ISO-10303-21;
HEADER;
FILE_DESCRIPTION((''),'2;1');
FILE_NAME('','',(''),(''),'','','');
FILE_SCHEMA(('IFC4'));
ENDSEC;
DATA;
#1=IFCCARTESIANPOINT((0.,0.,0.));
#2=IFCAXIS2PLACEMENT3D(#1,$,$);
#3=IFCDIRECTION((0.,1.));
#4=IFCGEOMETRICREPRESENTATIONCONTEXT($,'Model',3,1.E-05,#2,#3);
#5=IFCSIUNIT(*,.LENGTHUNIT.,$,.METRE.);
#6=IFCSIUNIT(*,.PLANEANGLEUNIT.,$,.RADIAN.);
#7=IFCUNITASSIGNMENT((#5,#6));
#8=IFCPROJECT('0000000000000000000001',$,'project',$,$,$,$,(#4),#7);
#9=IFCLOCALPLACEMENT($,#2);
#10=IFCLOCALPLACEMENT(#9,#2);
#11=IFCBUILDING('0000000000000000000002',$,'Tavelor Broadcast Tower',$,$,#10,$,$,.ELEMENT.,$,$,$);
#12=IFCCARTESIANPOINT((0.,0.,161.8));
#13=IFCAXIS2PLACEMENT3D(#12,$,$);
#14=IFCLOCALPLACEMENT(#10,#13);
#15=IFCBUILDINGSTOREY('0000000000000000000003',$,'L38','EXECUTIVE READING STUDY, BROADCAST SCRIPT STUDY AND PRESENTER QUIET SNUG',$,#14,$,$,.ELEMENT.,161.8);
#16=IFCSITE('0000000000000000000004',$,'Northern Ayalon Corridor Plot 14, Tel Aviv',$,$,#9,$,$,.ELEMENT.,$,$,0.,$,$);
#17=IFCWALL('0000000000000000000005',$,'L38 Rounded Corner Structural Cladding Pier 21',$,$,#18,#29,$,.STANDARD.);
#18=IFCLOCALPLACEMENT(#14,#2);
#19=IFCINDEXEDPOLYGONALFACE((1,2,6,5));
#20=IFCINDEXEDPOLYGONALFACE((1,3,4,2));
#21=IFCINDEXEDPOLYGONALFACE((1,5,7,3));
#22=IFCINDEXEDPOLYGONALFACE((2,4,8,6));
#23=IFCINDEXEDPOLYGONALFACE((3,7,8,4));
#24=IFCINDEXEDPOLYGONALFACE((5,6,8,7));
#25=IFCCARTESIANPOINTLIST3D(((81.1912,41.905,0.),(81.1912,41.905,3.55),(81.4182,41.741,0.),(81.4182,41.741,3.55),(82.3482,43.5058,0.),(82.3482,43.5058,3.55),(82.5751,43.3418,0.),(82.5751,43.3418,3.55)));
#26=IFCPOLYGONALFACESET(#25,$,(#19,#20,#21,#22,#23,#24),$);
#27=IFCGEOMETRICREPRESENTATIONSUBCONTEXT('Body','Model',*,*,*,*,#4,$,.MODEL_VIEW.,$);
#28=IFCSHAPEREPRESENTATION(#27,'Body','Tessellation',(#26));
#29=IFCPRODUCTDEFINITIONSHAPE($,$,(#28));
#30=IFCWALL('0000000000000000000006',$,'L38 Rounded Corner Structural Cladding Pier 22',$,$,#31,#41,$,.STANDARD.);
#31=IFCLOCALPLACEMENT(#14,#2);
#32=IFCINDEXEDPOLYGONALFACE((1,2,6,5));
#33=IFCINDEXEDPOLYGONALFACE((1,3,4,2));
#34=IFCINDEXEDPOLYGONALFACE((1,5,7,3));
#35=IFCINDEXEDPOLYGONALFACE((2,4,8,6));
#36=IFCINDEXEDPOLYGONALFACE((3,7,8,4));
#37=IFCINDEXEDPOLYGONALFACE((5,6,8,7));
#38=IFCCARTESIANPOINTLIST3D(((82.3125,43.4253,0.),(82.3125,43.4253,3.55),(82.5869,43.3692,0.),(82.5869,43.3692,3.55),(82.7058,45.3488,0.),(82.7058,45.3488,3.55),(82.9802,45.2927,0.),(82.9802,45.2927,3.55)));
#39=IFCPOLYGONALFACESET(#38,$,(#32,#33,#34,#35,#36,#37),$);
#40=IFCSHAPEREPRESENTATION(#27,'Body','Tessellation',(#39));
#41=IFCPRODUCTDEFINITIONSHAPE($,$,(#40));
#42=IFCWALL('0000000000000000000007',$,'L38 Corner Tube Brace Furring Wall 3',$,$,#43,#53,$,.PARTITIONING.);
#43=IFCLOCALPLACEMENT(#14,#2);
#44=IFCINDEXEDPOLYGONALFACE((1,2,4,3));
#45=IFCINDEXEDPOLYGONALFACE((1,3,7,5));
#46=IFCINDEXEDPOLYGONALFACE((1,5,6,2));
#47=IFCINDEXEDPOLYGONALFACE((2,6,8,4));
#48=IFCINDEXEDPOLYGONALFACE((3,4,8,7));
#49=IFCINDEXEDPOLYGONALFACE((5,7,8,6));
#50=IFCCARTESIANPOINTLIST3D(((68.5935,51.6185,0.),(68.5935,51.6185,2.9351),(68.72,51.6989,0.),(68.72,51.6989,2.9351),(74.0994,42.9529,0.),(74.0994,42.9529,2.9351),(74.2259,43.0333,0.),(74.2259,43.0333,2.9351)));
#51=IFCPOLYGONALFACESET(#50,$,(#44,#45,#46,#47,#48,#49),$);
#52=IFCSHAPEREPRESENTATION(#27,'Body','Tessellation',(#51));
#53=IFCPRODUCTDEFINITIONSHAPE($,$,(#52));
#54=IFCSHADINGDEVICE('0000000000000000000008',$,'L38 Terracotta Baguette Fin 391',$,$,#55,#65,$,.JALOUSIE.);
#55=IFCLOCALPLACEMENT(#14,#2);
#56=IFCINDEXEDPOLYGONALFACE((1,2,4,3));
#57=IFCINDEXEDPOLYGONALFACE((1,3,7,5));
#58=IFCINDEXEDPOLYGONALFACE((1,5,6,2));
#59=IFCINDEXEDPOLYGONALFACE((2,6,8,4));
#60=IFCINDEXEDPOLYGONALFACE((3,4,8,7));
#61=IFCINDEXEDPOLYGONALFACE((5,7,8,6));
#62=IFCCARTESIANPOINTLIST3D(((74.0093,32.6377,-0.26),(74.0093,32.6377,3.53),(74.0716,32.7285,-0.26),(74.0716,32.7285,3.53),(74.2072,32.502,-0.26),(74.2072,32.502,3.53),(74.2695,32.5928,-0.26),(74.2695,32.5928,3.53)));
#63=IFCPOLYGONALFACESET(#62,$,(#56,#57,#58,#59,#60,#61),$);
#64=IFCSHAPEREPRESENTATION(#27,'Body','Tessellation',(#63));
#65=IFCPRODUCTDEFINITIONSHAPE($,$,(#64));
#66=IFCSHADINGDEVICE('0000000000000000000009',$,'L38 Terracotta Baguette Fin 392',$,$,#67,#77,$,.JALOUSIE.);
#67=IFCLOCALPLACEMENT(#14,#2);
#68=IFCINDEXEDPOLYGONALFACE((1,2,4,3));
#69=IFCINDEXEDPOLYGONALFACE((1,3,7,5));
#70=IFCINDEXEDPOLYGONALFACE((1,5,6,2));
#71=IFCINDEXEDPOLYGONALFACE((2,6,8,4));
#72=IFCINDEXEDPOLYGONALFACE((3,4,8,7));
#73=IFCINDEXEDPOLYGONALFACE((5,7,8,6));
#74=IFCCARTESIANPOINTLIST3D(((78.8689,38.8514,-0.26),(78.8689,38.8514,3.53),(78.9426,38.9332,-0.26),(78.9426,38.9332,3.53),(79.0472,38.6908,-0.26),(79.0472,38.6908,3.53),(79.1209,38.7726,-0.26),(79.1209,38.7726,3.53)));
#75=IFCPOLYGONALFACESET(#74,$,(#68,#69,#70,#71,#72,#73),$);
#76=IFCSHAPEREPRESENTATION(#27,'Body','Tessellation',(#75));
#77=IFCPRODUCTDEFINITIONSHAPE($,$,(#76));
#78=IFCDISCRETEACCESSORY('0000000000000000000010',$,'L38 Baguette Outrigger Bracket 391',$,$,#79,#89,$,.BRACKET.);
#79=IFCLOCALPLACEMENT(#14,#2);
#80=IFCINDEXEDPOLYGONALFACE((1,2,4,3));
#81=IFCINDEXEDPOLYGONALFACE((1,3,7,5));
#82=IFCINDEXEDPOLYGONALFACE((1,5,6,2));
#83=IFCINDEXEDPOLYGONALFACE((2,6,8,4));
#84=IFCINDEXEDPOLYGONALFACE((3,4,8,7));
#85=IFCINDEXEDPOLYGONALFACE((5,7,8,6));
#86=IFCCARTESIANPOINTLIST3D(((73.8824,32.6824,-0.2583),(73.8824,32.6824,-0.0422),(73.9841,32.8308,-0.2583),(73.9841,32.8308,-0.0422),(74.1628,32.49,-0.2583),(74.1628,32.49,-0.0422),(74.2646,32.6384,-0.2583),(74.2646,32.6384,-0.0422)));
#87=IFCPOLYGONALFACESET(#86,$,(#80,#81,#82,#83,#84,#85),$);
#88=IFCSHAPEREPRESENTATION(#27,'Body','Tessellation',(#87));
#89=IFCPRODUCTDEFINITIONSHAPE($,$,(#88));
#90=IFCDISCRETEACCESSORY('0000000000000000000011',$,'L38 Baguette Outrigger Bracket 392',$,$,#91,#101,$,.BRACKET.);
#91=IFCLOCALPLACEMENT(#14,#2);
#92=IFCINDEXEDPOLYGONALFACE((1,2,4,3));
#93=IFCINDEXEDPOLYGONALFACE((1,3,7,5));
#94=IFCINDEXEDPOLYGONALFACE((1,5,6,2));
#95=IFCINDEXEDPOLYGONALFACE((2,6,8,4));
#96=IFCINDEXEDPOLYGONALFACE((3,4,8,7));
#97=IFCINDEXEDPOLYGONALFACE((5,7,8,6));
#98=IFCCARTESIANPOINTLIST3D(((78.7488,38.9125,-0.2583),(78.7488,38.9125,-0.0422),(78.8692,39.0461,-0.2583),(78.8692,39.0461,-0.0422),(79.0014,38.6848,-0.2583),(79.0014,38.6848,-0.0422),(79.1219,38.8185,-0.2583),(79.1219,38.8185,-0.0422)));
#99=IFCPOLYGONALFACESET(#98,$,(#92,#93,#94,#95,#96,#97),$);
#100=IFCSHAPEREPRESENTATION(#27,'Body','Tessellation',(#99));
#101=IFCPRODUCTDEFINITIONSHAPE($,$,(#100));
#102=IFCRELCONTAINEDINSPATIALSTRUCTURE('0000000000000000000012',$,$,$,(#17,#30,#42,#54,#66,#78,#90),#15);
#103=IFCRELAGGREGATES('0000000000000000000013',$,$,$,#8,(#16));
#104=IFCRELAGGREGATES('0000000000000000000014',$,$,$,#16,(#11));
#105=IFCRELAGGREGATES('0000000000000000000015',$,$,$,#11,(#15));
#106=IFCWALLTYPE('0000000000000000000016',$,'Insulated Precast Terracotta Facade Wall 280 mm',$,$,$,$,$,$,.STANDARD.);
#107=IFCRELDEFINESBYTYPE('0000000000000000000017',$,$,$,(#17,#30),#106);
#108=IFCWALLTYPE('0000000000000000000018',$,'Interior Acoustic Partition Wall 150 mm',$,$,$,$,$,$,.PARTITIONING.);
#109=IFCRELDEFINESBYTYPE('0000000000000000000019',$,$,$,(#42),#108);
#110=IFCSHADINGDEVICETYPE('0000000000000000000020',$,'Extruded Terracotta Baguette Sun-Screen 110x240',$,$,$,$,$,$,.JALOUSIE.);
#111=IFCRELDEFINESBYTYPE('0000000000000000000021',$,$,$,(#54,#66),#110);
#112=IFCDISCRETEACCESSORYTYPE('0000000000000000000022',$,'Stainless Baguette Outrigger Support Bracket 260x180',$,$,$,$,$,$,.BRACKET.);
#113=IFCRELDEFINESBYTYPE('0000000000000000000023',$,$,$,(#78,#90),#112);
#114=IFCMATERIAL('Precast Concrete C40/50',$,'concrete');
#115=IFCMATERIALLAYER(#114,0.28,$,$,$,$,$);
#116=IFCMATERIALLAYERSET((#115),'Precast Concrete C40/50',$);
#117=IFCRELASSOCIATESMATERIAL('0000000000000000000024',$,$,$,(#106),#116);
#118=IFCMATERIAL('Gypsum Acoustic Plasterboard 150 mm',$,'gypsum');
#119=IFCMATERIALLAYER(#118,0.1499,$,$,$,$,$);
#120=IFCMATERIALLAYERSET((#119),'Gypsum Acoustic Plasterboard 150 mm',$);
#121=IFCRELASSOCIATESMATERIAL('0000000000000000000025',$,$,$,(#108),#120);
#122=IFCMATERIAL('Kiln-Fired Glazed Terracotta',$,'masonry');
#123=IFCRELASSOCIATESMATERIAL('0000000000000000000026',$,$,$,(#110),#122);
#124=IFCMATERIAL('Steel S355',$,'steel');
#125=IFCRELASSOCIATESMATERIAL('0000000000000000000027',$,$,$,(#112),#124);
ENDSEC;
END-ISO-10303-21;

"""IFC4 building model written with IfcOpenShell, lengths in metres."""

from ifc_helpers import new_model, si_unit, direction, frame, frame_2d, origin, origin_2d, place, context, subcontext, project, spatial, rectangle, extrude, source, transform, mapped, material, layer, layer_set, type_object, type_shapes, element, save


model = new_model("IFC4")

# Units and contexts
model_context = context("Model", 3, precision=1e-05, world=origin(), true_north=direction((0.0, 1.0)))
body_context = subcontext(model_context, "Body", "Model", "MODEL_VIEW")
ifc_project = project(units=[si_unit("LENGTHUNIT", "METRE"), si_unit("PLANEANGLEUNIT", "RADIAN")], contexts=[model_context])

# Site, building, storey
site_placement = place(None, origin())
site = spatial("IfcSite", under=ifc_project, at=site_placement, Name="Northern Ayalon Corridor Plot 14, Tel Aviv", CompositionType="ELEMENT", RefElevation=0.0)
building_placement = place(site_placement, origin())
building = spatial("IfcBuilding", under=site, at=building_placement, Name="Tavelor Broadcast Tower", CompositionType="ELEMENT")
storey_placement = place(building_placement, frame((0.0, 0.0, 161.8)))
storey = spatial("IfcBuildingStorey", under=building, at=storey_placement, Name="L38", Description="EXECUTIVE READING STUDY, BROADCAST SCRIPT STUDY AND PRESENTER QUIET SNUG", CompositionType="ELEMENT", Elevation=161.8)

# Shared definitions
ifc_material_1 = material(Name="Steel S355", Category="steel")

# Walls
ifc_material_2 = material(Name="Precast Concrete C40/50", Category="concrete")
ifc_layer_1 = layer(ifc_material_2, 0.28)
ifc_layer_set_1 = layer_set([ifc_layer_1], Name="Precast Concrete C40/50")
wall_type_1 = type_object("IfcWallType", Name="Insulated Precast Terracotta Facade Wall 280 mm", PredefinedType="STANDARD", material=ifc_layer_set_1)
wall_1_placement = place(storey_placement, frame((81.3047, 41.823, 0.0), z_axis=(0.0, 0.0, 1.0), x_axis=(0.585766, 0.81048, 0.0)))
element("IfcWall", 1, at=wall_1_placement, inside=storey, type_object=wall_type_1, Name="L38 Rounded Corner Structural Cladding Pier 21", PredefinedType="STANDARD", context=body_context, shape_type="SweptSolid", body=[
    extrude(rectangle(XDim=1.9751, YDim=0.28, at=frame_2d((0.9875, 0.0))), origin(), (0.0, 0.0, 1.0), 3.55),
])
wall_2_placement = place(storey_placement, frame((82.4497, 43.3972, 0.0), z_axis=(0.0, 0.0, 1.0), x_axis=(0.200323, 0.97973, 0.0)))
element("IfcWall", 2, at=wall_2_placement, inside=storey, type_object=wall_type_1, Name="L38 Rounded Corner Structural Cladding Pier 22", PredefinedType="STANDARD", context=body_context, shape_type="SweptSolid", body=[
    extrude(rectangle(XDim=1.9634, YDim=0.28, at=frame_2d((0.9817, 0.0))), origin(), (0.0, 0.0, 1.0), 3.55),
])
ifc_material_3 = material(Name="Gypsum Acoustic Plasterboard 150 mm", Category="gypsum")
ifc_layer_2 = layer(ifc_material_3, 0.1499)
ifc_layer_set_2 = layer_set([ifc_layer_2], Name="Gypsum Acoustic Plasterboard 150 mm")
wall_type_2 = type_object("IfcWallType", Name="Interior Acoustic Partition Wall 150 mm", PredefinedType="PARTITIONING", material=ifc_layer_set_2)
wall_3_placement = place(storey_placement, frame((74.1626, 42.9932, 0.0), z_axis=(0.0, 0.0, 1.0), x_axis=(-0.536281, 0.844039, 0.0)))
element("IfcWall", 3, at=wall_3_placement, inside=storey, type_object=wall_type_2, Name="L38 Corner Tube Brace Furring Wall 3", PredefinedType="PARTITIONING", context=body_context, shape_type="SweptSolid", body=[
    extrude(rectangle(XDim=10.2668, YDim=0.1499, at=frame_2d((5.1333, 0.0))), origin(), (0.0, 0.0, 1.0), 2.9351),
])

# Shading devices
ifc_material_4 = material(Name="Kiln-Fired Glazed Terracotta", Category="masonry")
shading_device_type = type_object("IfcShadingDeviceType", Name="Extruded Terracotta Baguette Sun-Screen 110x240", PredefinedType="JALOUSIE", material=ifc_material_4)
shared_shape_1 = source(origin(), body_context, "Body", "SweptSolid", [
    extrude(rectangle(XDim=0.1101, YDim=0.24, at=origin_2d()), origin(), (0.0, 0.0, 1.0), 3.79),
])
type_shapes(shading_device_type, [shared_shape_1])
for number, where, z_axis, x_axis, name in (
    (4, (74.1394, 32.6152, -0.26), (0.0, 0.0, 1.0), (0.565543, 0.824719, 0.0), "L38 Terracotta Baguette Fin 391"),
    (5, (78.9949, 38.812, -0.26), (0.0, 0.0, 1.0), (0.66939, 0.742911, 0.0), "L38 Terracotta Baguette Fin 392"),
):
    element("IfcShadingDevice", number, at=place(storey_placement, frame(where, z_axis=z_axis, x_axis=x_axis)), inside=storey, type_object=shading_device_type, Name=name, PredefinedType="JALOUSIE", context=body_context, shape_type="MappedRepresentation", body=[
        mapped(shared_shape_1, transform((0.0, 0.0, 0.0), scale=1.0)),
    ])

# Discrete accessories
discrete_accessory_type = type_object("IfcDiscreteAccessoryType", Name="Stainless Baguette Outrigger Support Bracket 260x180", PredefinedType="BRACKET", material=ifc_material_1)
shared_shape_2 = source(origin(), body_context, "Body", "SweptSolid", [
    extrude(rectangle(XDim=0.1799, YDim=0.3401, at=origin_2d()), origin(), (0.0, 0.0, 1.0), 0.2161),
])
type_shapes(discrete_accessory_type, [shared_shape_2])
for number, where, z_axis, x_axis, name in (
    (6, (74.0735, 32.6604, -0.2583), (0.0, 0.0, 1.0), (0.565543, 0.824719, 0.0), "L38 Baguette Outrigger Bracket 391"),
    (7, (78.9353, 38.8655, -0.2583), (0.0, 0.0, 1.0), (0.66939, 0.742911, 0.0), "L38 Baguette Outrigger Bracket 392"),
):
    element("IfcDiscreteAccessory", number, at=place(storey_placement, frame(where, z_axis=z_axis, x_axis=x_axis)), inside=storey, type_object=discrete_accessory_type, Name=name, PredefinedType="BRACKET", context=body_context, shape_type="MappedRepresentation", body=[
        mapped(shared_shape_2, transform((0.0, 0.0, 0.0), scale=1.0)),
    ])

save(model, "model.ifc")
